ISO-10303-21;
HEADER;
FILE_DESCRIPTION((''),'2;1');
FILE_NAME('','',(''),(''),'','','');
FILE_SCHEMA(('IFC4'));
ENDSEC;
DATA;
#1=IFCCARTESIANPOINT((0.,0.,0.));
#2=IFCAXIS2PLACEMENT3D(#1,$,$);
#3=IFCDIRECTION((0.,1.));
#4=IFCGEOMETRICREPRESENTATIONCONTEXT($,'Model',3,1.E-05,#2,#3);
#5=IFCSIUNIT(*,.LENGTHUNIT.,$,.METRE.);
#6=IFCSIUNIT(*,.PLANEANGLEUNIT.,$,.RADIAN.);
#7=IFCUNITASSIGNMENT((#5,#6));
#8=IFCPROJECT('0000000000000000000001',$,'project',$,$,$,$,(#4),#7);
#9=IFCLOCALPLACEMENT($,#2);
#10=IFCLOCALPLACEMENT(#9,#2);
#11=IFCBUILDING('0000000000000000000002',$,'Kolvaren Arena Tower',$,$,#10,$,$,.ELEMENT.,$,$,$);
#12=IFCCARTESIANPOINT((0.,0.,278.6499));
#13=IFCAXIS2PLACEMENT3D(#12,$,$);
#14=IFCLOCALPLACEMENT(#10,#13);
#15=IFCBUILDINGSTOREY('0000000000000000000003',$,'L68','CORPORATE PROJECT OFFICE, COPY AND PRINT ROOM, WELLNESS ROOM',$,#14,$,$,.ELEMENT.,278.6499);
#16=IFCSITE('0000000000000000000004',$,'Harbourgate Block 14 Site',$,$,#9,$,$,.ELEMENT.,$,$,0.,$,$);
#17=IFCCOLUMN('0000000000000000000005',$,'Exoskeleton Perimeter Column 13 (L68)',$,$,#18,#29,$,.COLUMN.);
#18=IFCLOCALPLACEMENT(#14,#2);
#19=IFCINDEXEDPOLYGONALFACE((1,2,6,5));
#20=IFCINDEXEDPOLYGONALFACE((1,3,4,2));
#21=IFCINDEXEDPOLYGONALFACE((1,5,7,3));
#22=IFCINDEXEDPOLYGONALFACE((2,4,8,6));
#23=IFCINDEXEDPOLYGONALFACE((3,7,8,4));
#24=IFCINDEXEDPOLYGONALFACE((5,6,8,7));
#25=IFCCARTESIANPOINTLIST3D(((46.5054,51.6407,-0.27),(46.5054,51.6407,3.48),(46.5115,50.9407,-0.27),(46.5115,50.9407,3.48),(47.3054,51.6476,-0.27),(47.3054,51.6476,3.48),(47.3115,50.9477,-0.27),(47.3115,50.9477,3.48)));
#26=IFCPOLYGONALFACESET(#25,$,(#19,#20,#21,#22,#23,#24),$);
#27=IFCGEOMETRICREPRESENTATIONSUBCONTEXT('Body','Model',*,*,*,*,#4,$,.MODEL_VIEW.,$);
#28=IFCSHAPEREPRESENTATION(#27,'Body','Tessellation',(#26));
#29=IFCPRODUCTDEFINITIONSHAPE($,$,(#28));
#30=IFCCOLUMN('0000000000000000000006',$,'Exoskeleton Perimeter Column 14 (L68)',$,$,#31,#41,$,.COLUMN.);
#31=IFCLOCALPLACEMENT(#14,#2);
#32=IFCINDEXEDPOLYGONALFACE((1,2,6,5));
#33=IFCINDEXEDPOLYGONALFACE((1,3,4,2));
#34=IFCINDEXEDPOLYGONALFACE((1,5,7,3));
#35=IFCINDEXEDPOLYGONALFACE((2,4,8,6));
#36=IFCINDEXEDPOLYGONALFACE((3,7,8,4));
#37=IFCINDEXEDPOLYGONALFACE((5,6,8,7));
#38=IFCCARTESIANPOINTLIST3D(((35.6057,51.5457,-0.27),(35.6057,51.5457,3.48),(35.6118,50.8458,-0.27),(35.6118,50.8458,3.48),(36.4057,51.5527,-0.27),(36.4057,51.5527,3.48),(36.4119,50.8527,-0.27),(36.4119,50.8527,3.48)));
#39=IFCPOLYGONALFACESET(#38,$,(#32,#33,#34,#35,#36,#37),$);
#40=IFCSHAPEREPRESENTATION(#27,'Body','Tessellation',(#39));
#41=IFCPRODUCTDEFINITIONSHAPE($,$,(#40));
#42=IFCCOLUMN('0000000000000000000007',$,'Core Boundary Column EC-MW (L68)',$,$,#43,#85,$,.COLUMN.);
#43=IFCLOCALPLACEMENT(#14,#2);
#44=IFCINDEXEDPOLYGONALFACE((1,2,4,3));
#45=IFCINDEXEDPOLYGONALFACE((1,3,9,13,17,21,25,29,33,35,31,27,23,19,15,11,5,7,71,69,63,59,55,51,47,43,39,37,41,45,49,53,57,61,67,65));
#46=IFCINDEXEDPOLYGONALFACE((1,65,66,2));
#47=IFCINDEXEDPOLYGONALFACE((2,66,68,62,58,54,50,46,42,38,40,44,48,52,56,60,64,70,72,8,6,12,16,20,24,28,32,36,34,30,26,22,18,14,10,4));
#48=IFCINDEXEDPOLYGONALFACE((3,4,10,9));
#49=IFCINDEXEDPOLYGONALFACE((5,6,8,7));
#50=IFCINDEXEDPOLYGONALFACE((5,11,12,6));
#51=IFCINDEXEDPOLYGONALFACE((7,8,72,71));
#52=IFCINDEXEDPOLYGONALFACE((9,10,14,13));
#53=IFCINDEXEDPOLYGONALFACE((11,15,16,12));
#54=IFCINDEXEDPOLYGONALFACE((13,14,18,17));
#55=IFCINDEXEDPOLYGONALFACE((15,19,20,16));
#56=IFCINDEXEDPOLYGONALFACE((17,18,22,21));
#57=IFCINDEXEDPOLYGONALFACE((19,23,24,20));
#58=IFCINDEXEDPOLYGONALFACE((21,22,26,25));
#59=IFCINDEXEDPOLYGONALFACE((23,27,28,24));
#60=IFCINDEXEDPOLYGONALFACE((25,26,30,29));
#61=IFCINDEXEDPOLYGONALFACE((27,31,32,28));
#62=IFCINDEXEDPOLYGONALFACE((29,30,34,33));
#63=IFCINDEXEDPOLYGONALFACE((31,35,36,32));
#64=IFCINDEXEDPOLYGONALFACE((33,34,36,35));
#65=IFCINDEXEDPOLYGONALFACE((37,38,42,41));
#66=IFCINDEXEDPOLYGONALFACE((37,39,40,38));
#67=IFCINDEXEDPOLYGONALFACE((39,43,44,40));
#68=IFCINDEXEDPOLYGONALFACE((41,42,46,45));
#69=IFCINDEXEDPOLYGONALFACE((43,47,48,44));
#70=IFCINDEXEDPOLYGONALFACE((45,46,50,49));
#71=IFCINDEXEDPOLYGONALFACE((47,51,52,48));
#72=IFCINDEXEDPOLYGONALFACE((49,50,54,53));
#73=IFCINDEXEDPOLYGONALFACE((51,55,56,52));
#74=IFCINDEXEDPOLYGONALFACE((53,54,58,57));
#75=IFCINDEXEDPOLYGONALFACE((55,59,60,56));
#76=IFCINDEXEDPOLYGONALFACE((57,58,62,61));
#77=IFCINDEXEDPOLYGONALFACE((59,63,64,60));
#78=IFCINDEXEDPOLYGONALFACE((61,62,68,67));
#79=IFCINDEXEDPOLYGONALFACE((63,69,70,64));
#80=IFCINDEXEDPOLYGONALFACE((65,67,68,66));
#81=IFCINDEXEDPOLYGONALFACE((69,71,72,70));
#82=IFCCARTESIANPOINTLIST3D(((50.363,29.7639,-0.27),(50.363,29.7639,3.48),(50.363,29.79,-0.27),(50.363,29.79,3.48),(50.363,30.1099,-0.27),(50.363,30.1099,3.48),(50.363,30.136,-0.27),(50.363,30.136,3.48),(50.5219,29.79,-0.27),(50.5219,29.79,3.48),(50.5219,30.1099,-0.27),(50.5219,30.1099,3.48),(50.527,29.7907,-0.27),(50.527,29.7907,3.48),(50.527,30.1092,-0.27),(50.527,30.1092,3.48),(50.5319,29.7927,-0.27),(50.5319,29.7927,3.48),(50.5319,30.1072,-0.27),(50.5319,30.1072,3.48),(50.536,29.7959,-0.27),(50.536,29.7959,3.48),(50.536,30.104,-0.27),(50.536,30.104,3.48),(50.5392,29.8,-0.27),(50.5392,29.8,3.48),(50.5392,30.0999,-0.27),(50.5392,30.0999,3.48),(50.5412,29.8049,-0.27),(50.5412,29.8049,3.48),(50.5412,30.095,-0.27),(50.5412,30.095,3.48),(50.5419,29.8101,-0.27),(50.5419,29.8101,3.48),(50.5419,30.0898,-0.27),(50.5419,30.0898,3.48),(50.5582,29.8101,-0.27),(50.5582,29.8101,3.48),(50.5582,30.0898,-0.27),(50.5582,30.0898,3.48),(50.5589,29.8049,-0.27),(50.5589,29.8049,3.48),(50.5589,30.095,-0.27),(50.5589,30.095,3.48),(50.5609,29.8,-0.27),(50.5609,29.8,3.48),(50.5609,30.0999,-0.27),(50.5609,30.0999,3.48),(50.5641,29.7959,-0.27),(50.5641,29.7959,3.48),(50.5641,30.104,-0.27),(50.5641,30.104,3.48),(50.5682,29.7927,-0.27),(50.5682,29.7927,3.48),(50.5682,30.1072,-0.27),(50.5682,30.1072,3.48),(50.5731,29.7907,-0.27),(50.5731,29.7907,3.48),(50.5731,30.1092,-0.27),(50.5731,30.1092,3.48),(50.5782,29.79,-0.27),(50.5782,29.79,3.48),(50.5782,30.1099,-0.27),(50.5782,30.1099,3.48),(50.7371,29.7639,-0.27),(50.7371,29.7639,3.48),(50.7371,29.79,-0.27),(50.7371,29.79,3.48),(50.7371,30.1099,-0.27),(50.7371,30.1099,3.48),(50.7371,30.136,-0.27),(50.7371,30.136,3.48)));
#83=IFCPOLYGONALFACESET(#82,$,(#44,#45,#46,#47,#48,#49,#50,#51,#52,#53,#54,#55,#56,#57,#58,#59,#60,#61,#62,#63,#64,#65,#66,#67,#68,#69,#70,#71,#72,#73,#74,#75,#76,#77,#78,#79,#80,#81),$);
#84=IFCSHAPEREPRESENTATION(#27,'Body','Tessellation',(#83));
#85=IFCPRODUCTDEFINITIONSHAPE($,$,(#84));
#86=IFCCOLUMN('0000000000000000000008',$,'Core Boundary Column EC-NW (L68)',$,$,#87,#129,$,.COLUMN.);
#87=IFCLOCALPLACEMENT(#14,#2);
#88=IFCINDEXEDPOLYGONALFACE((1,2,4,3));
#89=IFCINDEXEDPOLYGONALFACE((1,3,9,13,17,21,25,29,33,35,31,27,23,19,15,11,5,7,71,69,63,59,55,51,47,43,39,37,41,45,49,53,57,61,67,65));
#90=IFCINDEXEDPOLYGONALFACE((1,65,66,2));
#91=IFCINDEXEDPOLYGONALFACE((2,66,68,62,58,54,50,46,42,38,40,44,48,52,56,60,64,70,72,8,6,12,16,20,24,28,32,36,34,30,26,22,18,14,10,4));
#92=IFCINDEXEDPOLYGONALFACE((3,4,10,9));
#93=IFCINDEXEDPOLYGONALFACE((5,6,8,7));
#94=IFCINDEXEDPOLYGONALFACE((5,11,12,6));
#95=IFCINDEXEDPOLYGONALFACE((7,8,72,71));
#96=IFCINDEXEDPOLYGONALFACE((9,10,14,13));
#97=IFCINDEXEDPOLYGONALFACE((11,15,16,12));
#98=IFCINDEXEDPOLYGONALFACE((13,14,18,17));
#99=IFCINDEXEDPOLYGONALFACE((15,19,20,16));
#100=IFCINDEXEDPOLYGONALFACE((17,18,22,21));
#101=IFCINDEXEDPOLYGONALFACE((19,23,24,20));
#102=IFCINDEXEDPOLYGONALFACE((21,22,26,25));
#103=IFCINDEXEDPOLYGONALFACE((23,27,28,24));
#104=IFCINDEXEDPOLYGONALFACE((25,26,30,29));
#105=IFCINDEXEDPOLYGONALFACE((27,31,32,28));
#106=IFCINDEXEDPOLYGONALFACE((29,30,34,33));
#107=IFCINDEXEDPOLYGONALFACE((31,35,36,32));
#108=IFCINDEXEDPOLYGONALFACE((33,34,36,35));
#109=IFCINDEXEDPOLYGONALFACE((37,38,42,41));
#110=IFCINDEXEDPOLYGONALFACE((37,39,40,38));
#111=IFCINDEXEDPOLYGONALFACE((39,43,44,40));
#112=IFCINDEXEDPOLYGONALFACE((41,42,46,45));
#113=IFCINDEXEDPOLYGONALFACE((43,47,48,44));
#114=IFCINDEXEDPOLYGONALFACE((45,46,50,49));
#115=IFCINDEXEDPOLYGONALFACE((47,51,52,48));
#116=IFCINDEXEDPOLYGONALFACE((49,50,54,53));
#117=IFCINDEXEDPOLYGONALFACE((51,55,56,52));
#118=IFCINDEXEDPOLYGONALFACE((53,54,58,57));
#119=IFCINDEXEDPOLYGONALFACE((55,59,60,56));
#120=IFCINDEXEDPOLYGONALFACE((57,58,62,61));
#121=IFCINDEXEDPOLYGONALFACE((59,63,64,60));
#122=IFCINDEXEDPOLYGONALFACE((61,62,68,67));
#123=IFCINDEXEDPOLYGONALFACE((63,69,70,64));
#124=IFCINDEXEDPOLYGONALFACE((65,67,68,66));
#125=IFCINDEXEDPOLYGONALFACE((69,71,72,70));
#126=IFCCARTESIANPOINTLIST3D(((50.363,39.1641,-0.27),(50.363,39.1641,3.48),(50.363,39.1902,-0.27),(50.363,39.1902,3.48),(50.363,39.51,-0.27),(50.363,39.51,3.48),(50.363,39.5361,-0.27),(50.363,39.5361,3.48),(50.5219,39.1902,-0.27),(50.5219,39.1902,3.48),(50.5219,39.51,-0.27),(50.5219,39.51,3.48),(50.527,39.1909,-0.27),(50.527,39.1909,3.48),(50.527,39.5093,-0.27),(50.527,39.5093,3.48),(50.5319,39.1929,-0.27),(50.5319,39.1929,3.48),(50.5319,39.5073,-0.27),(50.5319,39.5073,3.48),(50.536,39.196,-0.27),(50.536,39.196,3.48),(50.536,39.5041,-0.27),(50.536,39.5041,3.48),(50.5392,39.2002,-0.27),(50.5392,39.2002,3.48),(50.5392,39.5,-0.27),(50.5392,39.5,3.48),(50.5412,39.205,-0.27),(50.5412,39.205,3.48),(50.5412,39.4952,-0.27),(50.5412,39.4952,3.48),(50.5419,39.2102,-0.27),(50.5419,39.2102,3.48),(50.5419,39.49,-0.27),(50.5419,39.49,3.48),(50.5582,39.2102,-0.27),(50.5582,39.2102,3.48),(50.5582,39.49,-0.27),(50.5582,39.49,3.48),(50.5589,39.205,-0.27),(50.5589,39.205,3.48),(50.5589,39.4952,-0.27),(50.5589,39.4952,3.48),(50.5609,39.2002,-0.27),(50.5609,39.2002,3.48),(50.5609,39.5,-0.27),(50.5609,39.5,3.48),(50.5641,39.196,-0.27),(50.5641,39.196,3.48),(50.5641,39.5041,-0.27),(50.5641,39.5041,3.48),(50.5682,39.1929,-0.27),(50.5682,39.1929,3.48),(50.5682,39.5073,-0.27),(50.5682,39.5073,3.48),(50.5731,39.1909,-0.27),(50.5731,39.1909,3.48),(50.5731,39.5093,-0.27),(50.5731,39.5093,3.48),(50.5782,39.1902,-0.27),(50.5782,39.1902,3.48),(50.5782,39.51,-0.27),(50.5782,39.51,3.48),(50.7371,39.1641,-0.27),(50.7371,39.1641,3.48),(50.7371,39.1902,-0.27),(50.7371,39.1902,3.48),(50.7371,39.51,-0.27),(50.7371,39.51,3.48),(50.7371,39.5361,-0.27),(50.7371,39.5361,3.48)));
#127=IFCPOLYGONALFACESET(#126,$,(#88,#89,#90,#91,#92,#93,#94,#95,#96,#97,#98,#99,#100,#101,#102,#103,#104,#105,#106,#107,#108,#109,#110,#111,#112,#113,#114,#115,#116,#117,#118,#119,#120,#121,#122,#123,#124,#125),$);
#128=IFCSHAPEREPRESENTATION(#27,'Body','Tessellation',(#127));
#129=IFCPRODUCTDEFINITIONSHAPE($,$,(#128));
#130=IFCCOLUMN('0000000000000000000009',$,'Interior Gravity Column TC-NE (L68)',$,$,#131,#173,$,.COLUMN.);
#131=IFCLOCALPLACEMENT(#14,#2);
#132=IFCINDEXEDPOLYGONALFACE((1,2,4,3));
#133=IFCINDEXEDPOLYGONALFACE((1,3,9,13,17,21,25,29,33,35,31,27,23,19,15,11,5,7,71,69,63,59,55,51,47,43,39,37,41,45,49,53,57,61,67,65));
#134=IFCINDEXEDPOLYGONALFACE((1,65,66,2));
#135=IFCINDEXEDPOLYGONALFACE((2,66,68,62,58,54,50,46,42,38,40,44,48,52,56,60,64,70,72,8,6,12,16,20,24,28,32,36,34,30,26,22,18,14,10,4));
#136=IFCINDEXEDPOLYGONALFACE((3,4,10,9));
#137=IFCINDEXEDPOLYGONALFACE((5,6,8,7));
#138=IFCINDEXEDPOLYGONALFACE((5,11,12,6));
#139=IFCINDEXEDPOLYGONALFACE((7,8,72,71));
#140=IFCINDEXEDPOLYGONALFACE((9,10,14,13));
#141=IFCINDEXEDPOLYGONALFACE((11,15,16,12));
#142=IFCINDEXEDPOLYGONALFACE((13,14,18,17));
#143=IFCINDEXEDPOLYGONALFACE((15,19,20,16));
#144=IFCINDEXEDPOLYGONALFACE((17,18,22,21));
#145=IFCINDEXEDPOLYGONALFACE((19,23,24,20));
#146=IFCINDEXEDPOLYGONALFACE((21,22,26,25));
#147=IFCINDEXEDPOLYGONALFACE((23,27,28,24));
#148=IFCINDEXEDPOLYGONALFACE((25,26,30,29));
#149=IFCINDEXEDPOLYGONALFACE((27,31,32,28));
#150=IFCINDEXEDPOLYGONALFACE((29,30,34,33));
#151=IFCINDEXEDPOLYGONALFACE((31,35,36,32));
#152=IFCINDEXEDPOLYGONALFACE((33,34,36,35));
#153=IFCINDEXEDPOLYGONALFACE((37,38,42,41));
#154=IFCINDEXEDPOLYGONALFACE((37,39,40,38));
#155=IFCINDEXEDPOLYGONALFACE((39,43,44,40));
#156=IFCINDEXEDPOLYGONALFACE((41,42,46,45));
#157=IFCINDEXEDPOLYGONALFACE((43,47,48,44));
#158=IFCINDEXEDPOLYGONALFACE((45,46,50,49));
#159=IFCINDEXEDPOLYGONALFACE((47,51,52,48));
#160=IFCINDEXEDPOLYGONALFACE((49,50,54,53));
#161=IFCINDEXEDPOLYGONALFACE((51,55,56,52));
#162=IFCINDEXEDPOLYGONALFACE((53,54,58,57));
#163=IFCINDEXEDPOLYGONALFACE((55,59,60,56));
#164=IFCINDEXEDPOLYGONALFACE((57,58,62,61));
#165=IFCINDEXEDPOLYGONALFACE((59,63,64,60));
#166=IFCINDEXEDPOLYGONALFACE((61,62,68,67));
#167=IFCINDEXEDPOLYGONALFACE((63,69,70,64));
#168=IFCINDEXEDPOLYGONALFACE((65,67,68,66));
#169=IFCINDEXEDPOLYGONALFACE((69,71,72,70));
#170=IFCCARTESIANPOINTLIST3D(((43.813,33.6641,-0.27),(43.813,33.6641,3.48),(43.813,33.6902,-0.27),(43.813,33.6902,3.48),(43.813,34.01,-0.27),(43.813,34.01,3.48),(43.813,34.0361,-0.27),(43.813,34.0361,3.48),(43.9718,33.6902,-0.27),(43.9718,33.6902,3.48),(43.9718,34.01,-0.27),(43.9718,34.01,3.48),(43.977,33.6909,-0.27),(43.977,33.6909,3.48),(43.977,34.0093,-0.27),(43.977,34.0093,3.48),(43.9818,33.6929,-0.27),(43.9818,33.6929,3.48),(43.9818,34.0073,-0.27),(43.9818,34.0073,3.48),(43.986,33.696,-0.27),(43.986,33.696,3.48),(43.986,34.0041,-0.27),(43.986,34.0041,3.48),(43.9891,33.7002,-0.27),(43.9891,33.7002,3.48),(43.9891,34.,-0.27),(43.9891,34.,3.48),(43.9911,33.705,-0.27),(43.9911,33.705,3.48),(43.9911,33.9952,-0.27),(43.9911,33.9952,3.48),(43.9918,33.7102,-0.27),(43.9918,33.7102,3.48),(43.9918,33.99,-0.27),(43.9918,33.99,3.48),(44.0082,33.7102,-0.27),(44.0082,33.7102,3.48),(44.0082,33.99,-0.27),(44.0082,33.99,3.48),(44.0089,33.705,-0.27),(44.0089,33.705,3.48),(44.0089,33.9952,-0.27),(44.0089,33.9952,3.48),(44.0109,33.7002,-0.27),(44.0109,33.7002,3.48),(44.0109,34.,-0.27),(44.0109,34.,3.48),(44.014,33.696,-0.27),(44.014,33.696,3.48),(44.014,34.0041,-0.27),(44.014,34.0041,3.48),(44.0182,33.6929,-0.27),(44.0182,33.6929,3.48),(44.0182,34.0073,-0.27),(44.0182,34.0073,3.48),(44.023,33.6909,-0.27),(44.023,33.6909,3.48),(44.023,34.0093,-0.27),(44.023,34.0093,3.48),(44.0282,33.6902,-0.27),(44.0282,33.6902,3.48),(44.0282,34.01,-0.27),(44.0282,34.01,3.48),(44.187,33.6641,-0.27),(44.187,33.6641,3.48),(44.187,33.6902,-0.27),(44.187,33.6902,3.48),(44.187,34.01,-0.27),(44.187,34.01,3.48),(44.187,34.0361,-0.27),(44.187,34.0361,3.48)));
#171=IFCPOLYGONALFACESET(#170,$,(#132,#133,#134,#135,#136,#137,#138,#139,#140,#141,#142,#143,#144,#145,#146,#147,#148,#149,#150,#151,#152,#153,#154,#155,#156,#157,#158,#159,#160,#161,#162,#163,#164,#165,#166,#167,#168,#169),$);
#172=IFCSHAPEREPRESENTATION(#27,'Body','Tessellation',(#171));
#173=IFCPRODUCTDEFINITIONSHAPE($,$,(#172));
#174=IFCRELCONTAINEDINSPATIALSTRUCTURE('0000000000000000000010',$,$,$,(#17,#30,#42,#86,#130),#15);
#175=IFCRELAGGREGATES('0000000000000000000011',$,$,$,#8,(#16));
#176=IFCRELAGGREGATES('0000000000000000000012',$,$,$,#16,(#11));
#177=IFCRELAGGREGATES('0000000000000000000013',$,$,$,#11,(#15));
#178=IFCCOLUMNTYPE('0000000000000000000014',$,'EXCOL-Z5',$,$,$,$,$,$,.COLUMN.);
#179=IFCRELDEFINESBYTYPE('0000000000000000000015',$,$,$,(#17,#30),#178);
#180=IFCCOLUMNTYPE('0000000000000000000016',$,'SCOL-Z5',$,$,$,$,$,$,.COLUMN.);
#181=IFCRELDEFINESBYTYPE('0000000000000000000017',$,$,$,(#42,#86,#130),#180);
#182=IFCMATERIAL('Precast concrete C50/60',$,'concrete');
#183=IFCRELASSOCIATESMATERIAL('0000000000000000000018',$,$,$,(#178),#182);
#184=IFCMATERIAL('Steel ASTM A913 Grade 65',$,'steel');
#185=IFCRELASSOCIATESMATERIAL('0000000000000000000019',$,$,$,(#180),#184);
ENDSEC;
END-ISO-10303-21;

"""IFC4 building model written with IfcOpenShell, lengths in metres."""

from ifc_helpers import new_model, si_unit, direction, frame, origin, origin_2d, place, context, subcontext, project, spatial, rectangle, i_section, extrude, material, material_profile, profile_set, type_object, element, save


model = new_model("IFC4")

# Units and contexts
model_context = context("Model", 3, precision=1e-05, world=origin(), true_north=direction((0.0, 1.0)))
body_context = subcontext(model_context, "Body", "Model", "MODEL_VIEW")
ifc_project = project(units=[si_unit("LENGTHUNIT", "METRE"), si_unit("PLANEANGLEUNIT", "RADIAN")], contexts=[model_context])

# Site, building, storey
site_placement = place(None, origin())
site = spatial("IfcSite", under=ifc_project, at=site_placement, Name="Harbourgate Block 14 Site", CompositionType="ELEMENT", RefElevation=0.0)
building_placement = place(site_placement, origin())
building = spatial("IfcBuilding", under=site, at=building_placement, Name="Kolvaren Arena Tower", CompositionType="ELEMENT")
storey_placement = place(building_placement, frame((0.0, 0.0, 278.6499)))
storey = spatial("IfcBuildingStorey", under=building, at=storey_placement, Name="L68", Description="CORPORATE PROJECT OFFICE, COPY AND PRINT ROOM, WELLNESS ROOM", CompositionType="ELEMENT", Elevation=278.6499)

# Columns
ifc_material_1 = material(Name="Precast concrete C50/60", Category="concrete")
ifc_material_profile_1 = material_profile(ifc_material_1, rectangle(XDim=0.8, YDim=0.7, at=origin_2d()), Name="RC-800x700")
ifc_profile_set_1 = profile_set([ifc_material_profile_1], Name="Precast concrete C50/60")
column_type_1 = type_object("IfcColumnType", Name="EXCOL-Z5", PredefinedType="COLUMN", material=ifc_profile_set_1)
for number, where, z_axis, x_axis, name in (
    (1, (46.9084, 51.2942, -0.27), (0.0, 0.0, 1.0), (0.999962, 0.008727, 0.0), "Exoskeleton Perimeter Column 13 (L68)"),
    (2, (36.0088, 51.1992, -0.27), (0.0, 0.0, 1.0), (0.999962, 0.008727, 0.0), "Exoskeleton Perimeter Column 14 (L68)"),
):
    element("IfcColumn", number, at=place(storey_placement, frame(where, z_axis=z_axis, x_axis=x_axis)), inside=storey, type_object=column_type_1, Name=name, PredefinedType="COLUMN", context=body_context, shape_type="SweptSolid", body=[
        extrude(rectangle(XDim=0.8, YDim=0.7, at=origin_2d()), origin(), (0.0, 0.0, 1.0), 3.75),
    ])
ifc_material_2 = material(Name="Steel ASTM A913 Grade 65", Category="steel")
ifc_material_profile_2 = material_profile(ifc_material_2, i_section(OverallWidth=0.374, OverallDepth=0.3721, WebThickness=0.0164, FlangeThickness=0.0261, FilletRadius=0.02, at=origin_2d()), Name="W360x196")
ifc_profile_set_2 = profile_set([ifc_material_profile_2], Name="Steel ASTM A913 Grade 65")
column_type_2 = type_object("IfcColumnType", Name="SCOL-Z5", PredefinedType="COLUMN", material=ifc_profile_set_2)
for number, where, z_axis, x_axis, name in (
    (3, (50.55, 29.95, -0.27), (0.0, 0.0, 1.0), (1.0, 0.0, 0.0), "Core Boundary Column EC-MW (L68)"),
    (4, (50.55, 39.3501, -0.27), (0.0, 0.0, 1.0), (1.0, 0.0, 0.0), "Core Boundary Column EC-NW (L68)"),
    (5, (44.0, 33.8501, -0.27), (0.0, 0.0, 1.0), (1.0, 0.0, 0.0), "Interior Gravity Column TC-NE (L68)"),
):
    element("IfcColumn", number, at=place(storey_placement, frame(where, z_axis=z_axis, x_axis=x_axis)), inside=storey, type_object=column_type_2, Name=name, PredefinedType="COLUMN", context=body_context, shape_type="SweptSolid", body=[
        extrude(i_section(OverallWidth=0.374, OverallDepth=0.3721, WebThickness=0.0164, FlangeThickness=0.0261, FilletRadius=0.02, at=origin_2d()), origin(), (0.0, 0.0, 1.0), 3.75),
    ])

save(model, "model.ifc")
